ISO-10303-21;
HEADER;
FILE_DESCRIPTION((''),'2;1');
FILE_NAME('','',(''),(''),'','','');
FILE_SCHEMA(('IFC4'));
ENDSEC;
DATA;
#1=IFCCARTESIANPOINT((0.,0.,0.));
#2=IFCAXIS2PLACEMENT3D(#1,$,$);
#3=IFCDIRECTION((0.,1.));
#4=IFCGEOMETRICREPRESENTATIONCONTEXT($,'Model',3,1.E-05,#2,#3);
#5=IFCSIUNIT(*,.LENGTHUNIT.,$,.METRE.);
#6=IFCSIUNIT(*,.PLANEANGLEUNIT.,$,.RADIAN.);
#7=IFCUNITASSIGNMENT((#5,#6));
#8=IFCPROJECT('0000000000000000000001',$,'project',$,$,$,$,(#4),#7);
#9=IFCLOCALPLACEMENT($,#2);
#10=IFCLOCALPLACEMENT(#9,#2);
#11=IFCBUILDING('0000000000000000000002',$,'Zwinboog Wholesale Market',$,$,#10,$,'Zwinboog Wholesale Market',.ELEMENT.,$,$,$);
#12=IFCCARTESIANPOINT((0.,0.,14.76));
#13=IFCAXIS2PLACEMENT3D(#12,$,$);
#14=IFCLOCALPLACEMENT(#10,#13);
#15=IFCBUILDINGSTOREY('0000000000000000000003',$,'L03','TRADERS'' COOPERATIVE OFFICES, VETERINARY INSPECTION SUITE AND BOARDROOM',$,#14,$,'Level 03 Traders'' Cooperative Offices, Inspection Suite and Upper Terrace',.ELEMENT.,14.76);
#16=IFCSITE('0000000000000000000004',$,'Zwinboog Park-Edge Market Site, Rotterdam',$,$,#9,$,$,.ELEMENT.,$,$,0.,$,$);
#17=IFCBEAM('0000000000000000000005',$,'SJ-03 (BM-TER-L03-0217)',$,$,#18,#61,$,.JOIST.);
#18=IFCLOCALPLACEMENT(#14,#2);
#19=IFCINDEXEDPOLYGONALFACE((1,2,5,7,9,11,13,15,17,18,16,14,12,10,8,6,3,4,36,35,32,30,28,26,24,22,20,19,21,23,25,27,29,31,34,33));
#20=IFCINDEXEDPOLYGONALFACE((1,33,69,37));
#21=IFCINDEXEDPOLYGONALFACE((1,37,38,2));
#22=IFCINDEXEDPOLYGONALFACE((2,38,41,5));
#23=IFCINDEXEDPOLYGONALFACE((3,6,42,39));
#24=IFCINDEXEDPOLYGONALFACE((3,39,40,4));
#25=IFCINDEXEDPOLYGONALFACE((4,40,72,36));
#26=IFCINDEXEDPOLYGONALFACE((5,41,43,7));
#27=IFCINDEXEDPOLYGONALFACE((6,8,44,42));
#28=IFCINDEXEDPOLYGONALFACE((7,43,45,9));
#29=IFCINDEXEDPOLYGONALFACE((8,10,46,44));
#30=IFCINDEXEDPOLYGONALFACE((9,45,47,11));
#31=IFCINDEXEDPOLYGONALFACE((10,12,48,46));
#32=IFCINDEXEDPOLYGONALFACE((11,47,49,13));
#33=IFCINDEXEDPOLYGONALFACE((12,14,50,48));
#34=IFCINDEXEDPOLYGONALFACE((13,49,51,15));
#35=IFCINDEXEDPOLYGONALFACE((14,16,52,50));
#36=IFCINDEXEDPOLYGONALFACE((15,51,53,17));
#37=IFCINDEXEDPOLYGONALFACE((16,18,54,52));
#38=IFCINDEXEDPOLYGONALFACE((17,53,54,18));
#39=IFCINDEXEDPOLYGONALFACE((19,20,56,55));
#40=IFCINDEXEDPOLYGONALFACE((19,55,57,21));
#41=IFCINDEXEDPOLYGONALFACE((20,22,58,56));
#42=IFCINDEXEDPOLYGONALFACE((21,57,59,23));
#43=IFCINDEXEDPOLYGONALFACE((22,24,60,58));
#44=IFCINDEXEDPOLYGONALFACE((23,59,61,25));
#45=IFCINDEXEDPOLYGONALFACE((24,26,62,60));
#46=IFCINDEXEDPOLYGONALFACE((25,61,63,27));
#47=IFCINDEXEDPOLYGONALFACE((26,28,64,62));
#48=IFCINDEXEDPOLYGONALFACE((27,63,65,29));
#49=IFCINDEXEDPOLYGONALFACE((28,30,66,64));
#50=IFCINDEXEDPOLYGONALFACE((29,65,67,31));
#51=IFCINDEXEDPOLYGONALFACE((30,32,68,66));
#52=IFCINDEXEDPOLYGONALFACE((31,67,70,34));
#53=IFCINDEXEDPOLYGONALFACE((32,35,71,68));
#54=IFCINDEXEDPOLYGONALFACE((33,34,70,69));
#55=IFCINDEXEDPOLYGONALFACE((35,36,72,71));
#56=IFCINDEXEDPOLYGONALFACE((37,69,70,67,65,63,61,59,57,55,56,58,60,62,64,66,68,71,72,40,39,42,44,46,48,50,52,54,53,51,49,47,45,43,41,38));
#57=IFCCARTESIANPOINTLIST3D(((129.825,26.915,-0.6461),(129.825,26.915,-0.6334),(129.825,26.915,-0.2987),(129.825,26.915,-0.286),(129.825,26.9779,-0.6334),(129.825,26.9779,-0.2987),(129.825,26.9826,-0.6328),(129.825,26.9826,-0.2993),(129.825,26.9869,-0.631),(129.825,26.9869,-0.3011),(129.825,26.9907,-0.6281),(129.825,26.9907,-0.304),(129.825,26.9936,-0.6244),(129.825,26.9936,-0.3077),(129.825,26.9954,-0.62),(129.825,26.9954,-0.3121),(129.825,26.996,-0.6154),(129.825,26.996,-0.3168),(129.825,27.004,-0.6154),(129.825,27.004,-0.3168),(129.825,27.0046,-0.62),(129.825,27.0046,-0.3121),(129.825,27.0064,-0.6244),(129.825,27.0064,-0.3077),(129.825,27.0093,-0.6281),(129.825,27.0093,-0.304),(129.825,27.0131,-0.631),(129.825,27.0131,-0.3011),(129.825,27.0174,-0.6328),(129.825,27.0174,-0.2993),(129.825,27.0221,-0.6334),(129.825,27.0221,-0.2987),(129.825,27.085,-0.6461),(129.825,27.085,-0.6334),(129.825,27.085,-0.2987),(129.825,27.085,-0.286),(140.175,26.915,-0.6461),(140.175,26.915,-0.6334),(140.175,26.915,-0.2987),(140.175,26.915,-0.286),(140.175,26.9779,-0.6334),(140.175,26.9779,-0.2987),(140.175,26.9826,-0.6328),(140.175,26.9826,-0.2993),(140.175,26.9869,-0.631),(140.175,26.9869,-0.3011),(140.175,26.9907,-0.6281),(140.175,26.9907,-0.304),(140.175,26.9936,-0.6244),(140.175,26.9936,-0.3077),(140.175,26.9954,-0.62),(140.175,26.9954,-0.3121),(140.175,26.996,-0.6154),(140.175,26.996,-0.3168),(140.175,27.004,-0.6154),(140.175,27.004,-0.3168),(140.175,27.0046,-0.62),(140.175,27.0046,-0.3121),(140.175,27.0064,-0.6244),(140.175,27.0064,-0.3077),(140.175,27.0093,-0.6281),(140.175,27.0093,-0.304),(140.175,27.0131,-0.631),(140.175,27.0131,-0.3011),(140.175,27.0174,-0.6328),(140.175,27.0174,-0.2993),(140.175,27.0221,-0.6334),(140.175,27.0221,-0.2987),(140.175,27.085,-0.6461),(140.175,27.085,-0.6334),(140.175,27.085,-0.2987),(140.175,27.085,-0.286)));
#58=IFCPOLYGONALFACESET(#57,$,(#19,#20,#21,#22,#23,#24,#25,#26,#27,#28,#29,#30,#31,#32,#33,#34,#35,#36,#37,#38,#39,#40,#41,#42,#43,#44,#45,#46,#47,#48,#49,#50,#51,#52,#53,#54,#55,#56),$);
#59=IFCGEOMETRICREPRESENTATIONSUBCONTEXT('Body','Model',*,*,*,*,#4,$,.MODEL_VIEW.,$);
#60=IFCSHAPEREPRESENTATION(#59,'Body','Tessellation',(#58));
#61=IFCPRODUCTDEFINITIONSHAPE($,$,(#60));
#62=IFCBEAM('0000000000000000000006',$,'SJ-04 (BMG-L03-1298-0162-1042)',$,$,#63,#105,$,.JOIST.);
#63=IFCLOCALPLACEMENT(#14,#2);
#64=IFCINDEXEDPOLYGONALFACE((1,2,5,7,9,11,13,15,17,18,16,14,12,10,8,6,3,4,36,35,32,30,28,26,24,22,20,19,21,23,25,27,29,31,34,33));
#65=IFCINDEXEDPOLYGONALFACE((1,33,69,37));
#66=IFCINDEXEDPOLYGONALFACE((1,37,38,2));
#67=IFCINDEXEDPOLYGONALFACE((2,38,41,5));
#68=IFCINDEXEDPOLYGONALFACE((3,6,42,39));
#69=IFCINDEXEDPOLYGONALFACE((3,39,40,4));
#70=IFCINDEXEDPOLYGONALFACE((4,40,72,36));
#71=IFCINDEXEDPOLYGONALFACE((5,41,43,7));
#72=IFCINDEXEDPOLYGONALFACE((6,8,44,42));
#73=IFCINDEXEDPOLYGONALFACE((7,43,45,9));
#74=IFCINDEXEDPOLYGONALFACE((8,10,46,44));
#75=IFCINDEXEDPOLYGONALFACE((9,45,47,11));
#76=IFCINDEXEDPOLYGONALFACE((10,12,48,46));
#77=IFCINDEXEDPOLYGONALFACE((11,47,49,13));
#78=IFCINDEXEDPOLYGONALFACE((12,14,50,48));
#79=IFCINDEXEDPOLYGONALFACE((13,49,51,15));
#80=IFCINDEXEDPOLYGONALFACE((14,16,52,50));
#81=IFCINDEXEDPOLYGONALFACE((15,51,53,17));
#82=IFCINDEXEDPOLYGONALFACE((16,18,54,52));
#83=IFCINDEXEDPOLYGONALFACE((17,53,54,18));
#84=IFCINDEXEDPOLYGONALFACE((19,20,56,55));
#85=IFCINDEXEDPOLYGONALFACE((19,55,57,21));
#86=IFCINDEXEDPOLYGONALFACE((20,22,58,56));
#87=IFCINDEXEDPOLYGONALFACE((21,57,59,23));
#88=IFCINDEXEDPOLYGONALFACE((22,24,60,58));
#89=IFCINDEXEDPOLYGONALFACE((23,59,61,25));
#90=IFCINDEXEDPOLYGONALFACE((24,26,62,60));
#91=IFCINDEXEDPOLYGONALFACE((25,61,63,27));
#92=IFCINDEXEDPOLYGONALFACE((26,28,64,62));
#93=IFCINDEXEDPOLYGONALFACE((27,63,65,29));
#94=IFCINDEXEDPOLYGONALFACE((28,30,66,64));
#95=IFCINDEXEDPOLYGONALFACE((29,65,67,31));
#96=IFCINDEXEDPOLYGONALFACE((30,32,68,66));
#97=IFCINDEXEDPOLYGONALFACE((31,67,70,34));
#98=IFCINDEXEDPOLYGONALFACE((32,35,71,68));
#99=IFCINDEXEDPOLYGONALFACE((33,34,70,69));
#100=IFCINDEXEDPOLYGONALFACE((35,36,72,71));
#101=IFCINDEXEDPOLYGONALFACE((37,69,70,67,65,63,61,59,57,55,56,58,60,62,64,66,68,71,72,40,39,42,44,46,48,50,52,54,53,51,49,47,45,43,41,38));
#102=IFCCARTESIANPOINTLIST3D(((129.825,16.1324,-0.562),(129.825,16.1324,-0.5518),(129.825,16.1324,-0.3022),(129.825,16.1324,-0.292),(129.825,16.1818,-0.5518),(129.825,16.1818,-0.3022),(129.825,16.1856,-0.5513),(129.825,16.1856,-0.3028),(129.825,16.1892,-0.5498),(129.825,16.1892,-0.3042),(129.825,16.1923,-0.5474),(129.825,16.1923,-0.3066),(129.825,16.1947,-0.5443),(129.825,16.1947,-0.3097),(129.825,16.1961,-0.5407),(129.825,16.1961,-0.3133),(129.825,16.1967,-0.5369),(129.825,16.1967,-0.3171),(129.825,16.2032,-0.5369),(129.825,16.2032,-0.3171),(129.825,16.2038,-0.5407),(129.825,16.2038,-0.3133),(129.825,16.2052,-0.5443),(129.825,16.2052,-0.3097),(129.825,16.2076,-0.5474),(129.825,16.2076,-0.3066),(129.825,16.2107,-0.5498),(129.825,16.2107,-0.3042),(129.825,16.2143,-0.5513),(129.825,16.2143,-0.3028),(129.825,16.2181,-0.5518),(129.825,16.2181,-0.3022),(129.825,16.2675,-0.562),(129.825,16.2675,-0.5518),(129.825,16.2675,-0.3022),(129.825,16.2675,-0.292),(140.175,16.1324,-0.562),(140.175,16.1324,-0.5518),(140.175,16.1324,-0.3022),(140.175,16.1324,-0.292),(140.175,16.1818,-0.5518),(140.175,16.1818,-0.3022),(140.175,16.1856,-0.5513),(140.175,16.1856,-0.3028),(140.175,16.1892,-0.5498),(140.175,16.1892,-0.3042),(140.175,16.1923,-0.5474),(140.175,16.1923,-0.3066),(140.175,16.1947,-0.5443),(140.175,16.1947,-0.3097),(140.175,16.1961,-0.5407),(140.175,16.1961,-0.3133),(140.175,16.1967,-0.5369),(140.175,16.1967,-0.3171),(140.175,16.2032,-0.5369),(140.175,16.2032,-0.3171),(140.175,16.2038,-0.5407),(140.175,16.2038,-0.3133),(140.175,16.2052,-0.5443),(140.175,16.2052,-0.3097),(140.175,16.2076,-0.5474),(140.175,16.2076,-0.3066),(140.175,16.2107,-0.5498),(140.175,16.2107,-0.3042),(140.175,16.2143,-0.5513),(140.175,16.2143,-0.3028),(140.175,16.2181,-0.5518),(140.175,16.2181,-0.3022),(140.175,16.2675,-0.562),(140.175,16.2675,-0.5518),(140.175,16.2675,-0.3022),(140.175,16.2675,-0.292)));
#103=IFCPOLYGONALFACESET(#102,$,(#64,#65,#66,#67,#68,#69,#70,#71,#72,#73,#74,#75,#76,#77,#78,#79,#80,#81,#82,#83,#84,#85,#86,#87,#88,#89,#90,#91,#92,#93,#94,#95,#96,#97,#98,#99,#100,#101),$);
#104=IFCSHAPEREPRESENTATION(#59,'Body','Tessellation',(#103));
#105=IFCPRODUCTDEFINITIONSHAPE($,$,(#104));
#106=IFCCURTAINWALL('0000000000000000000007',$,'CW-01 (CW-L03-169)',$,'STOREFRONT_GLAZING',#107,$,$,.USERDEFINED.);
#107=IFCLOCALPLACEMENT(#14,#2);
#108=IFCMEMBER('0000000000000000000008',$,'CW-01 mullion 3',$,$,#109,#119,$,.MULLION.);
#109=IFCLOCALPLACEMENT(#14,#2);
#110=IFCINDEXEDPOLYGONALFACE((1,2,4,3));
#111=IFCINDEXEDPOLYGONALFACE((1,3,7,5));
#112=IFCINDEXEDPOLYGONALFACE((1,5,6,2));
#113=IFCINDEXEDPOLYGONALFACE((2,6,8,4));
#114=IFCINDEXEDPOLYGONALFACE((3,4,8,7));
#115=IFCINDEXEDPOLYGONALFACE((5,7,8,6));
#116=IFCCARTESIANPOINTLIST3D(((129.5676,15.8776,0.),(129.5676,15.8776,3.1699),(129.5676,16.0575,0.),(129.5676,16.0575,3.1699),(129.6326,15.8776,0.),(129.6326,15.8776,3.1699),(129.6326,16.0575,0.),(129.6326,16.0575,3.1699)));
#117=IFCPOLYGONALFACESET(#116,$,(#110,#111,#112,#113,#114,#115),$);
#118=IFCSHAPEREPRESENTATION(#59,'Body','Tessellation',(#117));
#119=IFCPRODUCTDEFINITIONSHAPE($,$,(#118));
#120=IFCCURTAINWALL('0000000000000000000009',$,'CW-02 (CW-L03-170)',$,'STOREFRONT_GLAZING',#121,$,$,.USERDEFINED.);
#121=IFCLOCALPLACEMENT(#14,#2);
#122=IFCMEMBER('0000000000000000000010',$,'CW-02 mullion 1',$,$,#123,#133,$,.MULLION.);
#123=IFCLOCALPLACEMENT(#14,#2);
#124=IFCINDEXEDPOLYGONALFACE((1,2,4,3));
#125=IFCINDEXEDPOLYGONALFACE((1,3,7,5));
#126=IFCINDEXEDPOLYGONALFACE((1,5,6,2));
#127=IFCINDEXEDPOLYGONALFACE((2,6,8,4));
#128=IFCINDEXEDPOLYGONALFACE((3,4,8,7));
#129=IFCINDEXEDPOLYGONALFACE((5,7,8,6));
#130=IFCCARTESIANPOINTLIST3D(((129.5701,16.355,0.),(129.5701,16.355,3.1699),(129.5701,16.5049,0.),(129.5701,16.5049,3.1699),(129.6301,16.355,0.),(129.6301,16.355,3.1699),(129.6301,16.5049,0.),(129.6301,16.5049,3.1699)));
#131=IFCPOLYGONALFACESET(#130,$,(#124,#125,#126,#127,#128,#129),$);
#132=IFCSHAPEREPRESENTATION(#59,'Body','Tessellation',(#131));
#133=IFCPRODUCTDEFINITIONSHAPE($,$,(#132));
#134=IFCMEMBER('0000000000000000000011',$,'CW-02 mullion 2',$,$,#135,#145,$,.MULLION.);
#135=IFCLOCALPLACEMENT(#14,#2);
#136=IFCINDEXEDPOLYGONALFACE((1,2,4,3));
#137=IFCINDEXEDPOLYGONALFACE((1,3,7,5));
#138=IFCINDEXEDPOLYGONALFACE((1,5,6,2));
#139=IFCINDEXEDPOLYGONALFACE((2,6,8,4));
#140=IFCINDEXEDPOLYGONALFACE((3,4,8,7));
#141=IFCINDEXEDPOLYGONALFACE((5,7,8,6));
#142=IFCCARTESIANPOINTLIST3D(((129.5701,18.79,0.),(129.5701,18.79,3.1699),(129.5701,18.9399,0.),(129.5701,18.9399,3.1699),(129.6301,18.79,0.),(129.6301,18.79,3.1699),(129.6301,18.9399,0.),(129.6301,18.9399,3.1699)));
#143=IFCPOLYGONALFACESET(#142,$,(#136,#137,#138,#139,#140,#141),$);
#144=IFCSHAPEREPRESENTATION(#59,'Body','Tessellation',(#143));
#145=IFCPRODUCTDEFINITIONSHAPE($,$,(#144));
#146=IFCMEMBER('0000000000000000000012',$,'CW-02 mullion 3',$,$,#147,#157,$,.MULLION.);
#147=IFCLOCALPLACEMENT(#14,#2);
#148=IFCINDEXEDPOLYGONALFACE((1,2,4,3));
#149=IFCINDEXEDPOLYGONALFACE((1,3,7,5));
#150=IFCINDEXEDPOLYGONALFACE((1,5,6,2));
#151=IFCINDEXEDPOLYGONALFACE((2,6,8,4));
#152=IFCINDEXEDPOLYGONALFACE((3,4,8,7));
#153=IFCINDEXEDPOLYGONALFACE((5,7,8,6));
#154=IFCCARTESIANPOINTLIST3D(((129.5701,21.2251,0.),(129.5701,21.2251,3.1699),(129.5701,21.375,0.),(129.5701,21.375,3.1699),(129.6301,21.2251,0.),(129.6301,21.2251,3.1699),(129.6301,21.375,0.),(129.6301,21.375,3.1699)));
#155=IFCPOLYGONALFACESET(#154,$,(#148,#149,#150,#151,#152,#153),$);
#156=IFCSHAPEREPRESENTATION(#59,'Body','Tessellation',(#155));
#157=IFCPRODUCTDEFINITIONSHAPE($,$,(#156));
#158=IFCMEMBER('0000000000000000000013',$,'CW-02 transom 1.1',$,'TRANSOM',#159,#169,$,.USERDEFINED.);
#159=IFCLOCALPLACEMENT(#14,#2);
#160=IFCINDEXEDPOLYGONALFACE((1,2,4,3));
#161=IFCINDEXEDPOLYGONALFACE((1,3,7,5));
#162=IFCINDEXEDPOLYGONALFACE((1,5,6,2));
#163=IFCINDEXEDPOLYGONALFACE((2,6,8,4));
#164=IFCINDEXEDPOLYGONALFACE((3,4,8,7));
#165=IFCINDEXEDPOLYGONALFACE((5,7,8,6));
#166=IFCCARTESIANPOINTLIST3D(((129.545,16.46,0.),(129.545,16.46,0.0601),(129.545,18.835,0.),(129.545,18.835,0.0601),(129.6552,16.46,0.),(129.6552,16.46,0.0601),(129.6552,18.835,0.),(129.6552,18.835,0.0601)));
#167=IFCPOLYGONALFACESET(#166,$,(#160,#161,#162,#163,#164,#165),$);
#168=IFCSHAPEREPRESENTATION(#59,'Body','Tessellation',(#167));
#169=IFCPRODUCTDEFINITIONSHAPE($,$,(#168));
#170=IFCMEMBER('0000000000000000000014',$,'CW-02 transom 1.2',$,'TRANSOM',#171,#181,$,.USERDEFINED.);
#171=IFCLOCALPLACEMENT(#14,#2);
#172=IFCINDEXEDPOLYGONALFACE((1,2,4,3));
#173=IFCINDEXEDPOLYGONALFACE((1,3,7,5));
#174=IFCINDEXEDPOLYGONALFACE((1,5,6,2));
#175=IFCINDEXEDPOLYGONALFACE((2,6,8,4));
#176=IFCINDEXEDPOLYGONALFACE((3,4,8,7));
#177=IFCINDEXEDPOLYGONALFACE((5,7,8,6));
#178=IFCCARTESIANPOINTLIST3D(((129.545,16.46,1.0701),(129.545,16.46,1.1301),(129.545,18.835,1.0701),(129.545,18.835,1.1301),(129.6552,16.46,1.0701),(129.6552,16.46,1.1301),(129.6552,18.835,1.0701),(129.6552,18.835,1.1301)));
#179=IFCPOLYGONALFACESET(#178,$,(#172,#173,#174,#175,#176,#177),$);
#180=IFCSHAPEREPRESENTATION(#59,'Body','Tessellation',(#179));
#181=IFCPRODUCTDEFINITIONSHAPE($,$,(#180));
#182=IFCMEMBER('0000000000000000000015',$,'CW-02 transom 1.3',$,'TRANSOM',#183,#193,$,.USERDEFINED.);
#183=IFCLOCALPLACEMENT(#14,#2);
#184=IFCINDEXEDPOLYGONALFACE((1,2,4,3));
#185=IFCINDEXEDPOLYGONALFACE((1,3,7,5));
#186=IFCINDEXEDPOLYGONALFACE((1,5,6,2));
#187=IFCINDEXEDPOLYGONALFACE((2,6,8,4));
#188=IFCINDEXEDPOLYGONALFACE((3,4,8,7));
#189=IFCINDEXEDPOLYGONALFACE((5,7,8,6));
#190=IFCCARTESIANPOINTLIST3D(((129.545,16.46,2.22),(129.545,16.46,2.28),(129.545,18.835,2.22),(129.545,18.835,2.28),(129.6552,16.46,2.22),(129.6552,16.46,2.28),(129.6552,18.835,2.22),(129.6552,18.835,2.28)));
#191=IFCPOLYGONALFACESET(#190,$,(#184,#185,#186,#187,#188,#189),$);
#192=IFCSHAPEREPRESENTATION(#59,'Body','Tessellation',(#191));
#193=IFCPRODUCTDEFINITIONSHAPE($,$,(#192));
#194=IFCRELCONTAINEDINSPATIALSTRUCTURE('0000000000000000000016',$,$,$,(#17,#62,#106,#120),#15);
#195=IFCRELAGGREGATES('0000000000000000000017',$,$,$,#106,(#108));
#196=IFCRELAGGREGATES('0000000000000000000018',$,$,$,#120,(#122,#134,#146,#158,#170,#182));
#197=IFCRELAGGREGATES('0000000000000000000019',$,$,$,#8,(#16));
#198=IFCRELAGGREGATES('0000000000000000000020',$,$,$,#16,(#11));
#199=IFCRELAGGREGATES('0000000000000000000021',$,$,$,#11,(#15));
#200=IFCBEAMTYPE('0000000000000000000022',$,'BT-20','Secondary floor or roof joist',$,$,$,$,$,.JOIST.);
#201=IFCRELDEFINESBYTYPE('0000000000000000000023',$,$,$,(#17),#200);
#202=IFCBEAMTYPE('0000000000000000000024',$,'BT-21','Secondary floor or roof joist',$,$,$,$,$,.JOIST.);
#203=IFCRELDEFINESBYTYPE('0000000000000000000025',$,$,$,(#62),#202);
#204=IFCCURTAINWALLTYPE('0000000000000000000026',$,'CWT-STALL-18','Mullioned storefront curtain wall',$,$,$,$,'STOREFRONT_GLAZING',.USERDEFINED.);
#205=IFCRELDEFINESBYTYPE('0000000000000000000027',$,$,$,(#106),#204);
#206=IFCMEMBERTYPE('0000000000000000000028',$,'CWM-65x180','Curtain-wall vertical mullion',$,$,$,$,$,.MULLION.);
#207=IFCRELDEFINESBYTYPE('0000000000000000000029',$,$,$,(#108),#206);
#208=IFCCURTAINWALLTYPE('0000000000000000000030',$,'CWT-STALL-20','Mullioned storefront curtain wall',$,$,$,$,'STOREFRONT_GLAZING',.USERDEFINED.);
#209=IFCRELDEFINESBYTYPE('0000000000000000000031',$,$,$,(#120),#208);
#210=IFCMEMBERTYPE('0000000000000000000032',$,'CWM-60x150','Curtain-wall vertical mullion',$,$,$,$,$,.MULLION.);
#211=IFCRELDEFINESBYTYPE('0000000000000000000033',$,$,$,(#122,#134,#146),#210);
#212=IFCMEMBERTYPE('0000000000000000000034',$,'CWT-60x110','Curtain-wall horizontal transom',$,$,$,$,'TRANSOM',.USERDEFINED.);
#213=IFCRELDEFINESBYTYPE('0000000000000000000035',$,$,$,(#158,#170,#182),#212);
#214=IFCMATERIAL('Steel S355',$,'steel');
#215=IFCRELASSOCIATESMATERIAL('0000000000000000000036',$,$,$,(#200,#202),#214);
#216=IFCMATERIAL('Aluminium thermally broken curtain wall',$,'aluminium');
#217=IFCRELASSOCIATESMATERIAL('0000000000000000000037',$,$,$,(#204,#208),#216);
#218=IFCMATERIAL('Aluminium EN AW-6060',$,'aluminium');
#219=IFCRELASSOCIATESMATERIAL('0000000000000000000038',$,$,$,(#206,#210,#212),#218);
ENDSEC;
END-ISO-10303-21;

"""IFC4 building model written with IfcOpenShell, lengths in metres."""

from ifc_helpers import new_model, si_unit, direction, frame, origin, origin_2d, place, context, subcontext, project, spatial, rectangle, i_section, extrude, material, material_profile, profile_set, type_object, element, aggregate, save


model = new_model("IFC4")

# Units and contexts
model_context = context("Model", 3, precision=1e-05, world=origin(), true_north=direction((0.0, 1.0)))
body_context = subcontext(model_context, "Body", "Model", "MODEL_VIEW")
ifc_project = project(units=[si_unit("LENGTHUNIT", "METRE"), si_unit("PLANEANGLEUNIT", "RADIAN")], contexts=[model_context])

# Site, building, storey
site_placement = place(None, origin())
site = spatial("IfcSite", under=ifc_project, at=site_placement, Name="Zwinboog Park-Edge Market Site, Rotterdam", CompositionType="ELEMENT", RefElevation=0.0)
building_placement = place(site_placement, origin())
building = spatial("IfcBuilding", under=site, at=building_placement, Name="Zwinboog Wholesale Market", LongName="Zwinboog Wholesale Market", CompositionType="ELEMENT")
storey_placement = place(building_placement, frame((0.0, 0.0, 14.76)))
storey = spatial("IfcBuildingStorey", under=building, at=storey_placement, Name="L03", Description="TRADERS' COOPERATIVE OFFICES, VETERINARY INSPECTION SUITE AND BOARDROOM", LongName="Level 03 Traders' Cooperative Offices, Inspection Suite and Upper Terrace", CompositionType="ELEMENT", Elevation=14.76)

# Beams
ifc_material_1 = material(Name="Steel S355", Category="steel")
ifc_material_profile_1 = material_profile(ifc_material_1, i_section(OverallWidth=0.1699, OverallDepth=0.3601, WebThickness=0.0081, FlangeThickness=0.0127, FilletRadius=0.0181, at=origin_2d()), Name="IPE 360")
ifc_profile_set_1 = profile_set([ifc_material_profile_1], Name="Steel S355")
beam_type_1 = type_object("IfcBeamType", Name="BT-20", Description="Secondary floor or roof joist", PredefinedType="JOIST", material=ifc_profile_set_1)
beam_1_placement = place(storey_placement, frame((129.825, 27.0, -0.4661), z_axis=(1.0, 0.0, 0.0), x_axis=(0.0, 1.0, 0.0)))
element("IfcBeam", 1, at=beam_1_placement, inside=storey, type_object=beam_type_1, Name="SJ-03 (BM-TER-L03-0217)", PredefinedType="JOIST", context=body_context, shape_type="SweptSolid", body=[
    extrude(i_section(OverallWidth=0.1699, OverallDepth=0.3601, WebThickness=0.0081, FlangeThickness=0.0127, FilletRadius=0.0181, at=origin_2d()), origin(), (0.0, 0.0, 1.0), 10.3501),
])
ifc_material_profile_2 = material_profile(ifc_material_1, i_section(OverallWidth=0.135, OverallDepth=0.27, WebThickness=0.0066, FlangeThickness=0.0103, FilletRadius=0.0149, at=origin_2d()), Name="IPE 270")
ifc_profile_set_2 = profile_set([ifc_material_profile_2], Name="Steel S355")
beam_type_2 = type_object("IfcBeamType", Name="BT-21", Description="Secondary floor or roof joist", PredefinedType="JOIST", material=ifc_profile_set_2)
beam_2_placement = place(storey_placement, frame((129.825, 16.2, -0.427), z_axis=(1.0, 0.0, 0.0), x_axis=(0.0, 1.0, 0.0)))
element("IfcBeam", 2, at=beam_2_placement, inside=storey, type_object=beam_type_2, Name="SJ-04 (BMG-L03-1298-0162-1042)", PredefinedType="JOIST", context=body_context, shape_type="SweptSolid", body=[
    extrude(i_section(OverallWidth=0.135, OverallDepth=0.27, WebThickness=0.0066, FlangeThickness=0.0103, FilletRadius=0.0149, at=origin_2d()), origin(), (0.0, 0.0, 1.0), 10.3501),
])

# Curtain wall, member
ifc_material_2 = material(Name="Aluminium thermally broken curtain wall", Category="aluminium")
curtain_wall_type_1 = type_object("IfcCurtainWallType", Name="CWT-STALL-18", Description="Mullioned storefront curtain wall", ElementType="STOREFRONT_GLAZING", PredefinedType="USERDEFINED", material=ifc_material_2)
curtain_wall_1_placement = place(storey_placement, origin())
curtain_wall_1 = element("IfcCurtainWall", 3, at=curtain_wall_1_placement, inside=storey, type_object=curtain_wall_type_1, Name="CW-01 (CW-L03-169)", ObjectType="STOREFRONT_GLAZING", PredefinedType="USERDEFINED")
ifc_material_3 = material(Name="Aluminium EN AW-6060", Category="aluminium")
ifc_material_profile_3 = material_profile(ifc_material_3, rectangle(XDim=0.0649, YDim=0.1799, at=origin_2d()), Name="AL 65x180")
ifc_profile_set_3 = profile_set([ifc_material_profile_3], Name="Aluminium EN AW-6060")
member_type_1 = type_object("IfcMemberType", Name="CWM-65x180", Description="Curtain-wall vertical mullion", PredefinedType="MULLION", material=ifc_profile_set_3)
member_1_placement = place(storey_placement, frame((129.6001, 15.9675, 0.0), z_axis=(0.0, 0.0, 1.0), x_axis=(-1.0, 0.0, 0.0)))
member_1 = element("IfcMember", 4, at=member_1_placement, type_object=member_type_1, Name="CW-01 mullion 3", PredefinedType="MULLION", context=body_context, shape_type="SweptSolid", body=[
    extrude(rectangle(XDim=0.0649, YDim=0.1799, at=origin_2d()), origin(), (0.0, 0.0, 1.0), 3.1699),
])

# Curtain wall, members
curtain_wall_type_2 = type_object("IfcCurtainWallType", Name="CWT-STALL-20", Description="Mullioned storefront curtain wall", ElementType="STOREFRONT_GLAZING", PredefinedType="USERDEFINED", material=ifc_material_2)
curtain_wall_2_placement = place(storey_placement, origin())
curtain_wall_2 = element("IfcCurtainWall", 5, at=curtain_wall_2_placement, inside=storey, type_object=curtain_wall_type_2, Name="CW-02 (CW-L03-170)", ObjectType="STOREFRONT_GLAZING", PredefinedType="USERDEFINED")
ifc_material_profile_4 = material_profile(ifc_material_3, rectangle(XDim=0.0601, YDim=0.1499, at=origin_2d()), Name="AL 60x150")
ifc_profile_set_4 = profile_set([ifc_material_profile_4], Name="Aluminium EN AW-6060")
member_type_2 = type_object("IfcMemberType", Name="CWM-60x150", Description="Curtain-wall vertical mullion", PredefinedType="MULLION", material=ifc_profile_set_4)
member_2_placement = place(storey_placement, frame((129.6001, 16.4299, 0.0), z_axis=(0.0, 0.0, 1.0), x_axis=(-1.0, 0.0, 0.0)))
member_2 = element("IfcMember", 6, at=member_2_placement, type_object=member_type_2, Name="CW-02 mullion 1", PredefinedType="MULLION", context=body_context, shape_type="SweptSolid", body=[
    extrude(rectangle(XDim=0.0601, YDim=0.1499, at=origin_2d()), origin(), (0.0, 0.0, 1.0), 3.1699),
])
member_3_placement = place(storey_placement, frame((129.6001, 18.865, 0.0), z_axis=(0.0, 0.0, 1.0), x_axis=(-1.0, 0.0, 0.0)))
member_3 = element("IfcMember", 7, at=member_3_placement, type_object=member_type_2, Name="CW-02 mullion 2", PredefinedType="MULLION", context=body_context, shape_type="SweptSolid", body=[
    extrude(rectangle(XDim=0.0601, YDim=0.1499, at=origin_2d()), origin(), (0.0, 0.0, 1.0), 3.1699),
])
member_4_placement = place(storey_placement, frame((129.6001, 21.3, 0.0), z_axis=(0.0, 0.0, 1.0), x_axis=(-1.0, 0.0, 0.0)))
member_4 = element("IfcMember", 8, at=member_4_placement, type_object=member_type_2, Name="CW-02 mullion 3", PredefinedType="MULLION", context=body_context, shape_type="SweptSolid", body=[
    extrude(rectangle(XDim=0.0601, YDim=0.1499, at=origin_2d()), origin(), (0.0, 0.0, 1.0), 3.1699),
])
ifc_material_profile_5 = material_profile(ifc_material_3, rectangle(XDim=0.1101, YDim=0.0601, at=origin_2d()), Name="AL 60x110")
ifc_profile_set_5 = profile_set([ifc_material_profile_5], Name="Aluminium EN AW-6060")
member_type_3 = type_object("IfcMemberType", Name="CWT-60x110", Description="Curtain-wall horizontal transom", ElementType="TRANSOM", PredefinedType="USERDEFINED", material=ifc_profile_set_5)
member_5_placement = place(storey_placement, frame((129.6001, 16.46, 0.03), z_axis=(0.0, 1.0, 0.0), x_axis=(-1.0, 0.0, 0.0)))
member_5 = element("IfcMember", 9, at=member_5_placement, type_object=member_type_3, Name="CW-02 transom 1.1", ObjectType="TRANSOM", PredefinedType="USERDEFINED", context=body_context, shape_type="SweptSolid", body=[
    extrude(rectangle(XDim=0.1101, YDim=0.0601, at=origin_2d()), origin(), (0.0, 0.0, 1.0), 2.375),
])
member_6_placement = place(storey_placement, frame((129.6001, 16.46, 1.1001), z_axis=(0.0, 1.0, 0.0), x_axis=(-1.0, 0.0, 0.0)))
member_6 = element("IfcMember", 10, at=member_6_placement, type_object=member_type_3, Name="CW-02 transom 1.2", ObjectType="TRANSOM", PredefinedType="USERDEFINED", context=body_context, shape_type="SweptSolid", body=[
    extrude(rectangle(XDim=0.1101, YDim=0.0601, at=origin_2d()), origin(), (0.0, 0.0, 1.0), 2.375),
])
member_7_placement = place(storey_placement, frame((129.6001, 16.46, 2.25), z_axis=(0.0, 1.0, 0.0), x_axis=(-1.0, 0.0, 0.0)))
member_7 = element("IfcMember", 11, at=member_7_placement, type_object=member_type_3, Name="CW-02 transom 1.3", ObjectType="TRANSOM", PredefinedType="USERDEFINED", context=body_context, shape_type="SweptSolid", body=[
    extrude(rectangle(XDim=0.1101, YDim=0.0601, at=origin_2d()), origin(), (0.0, 0.0, 1.0), 2.375),
])

aggregate(curtain_wall_1, [member_1])
aggregate(curtain_wall_2, [member_2, member_3, member_4, member_5, member_6, member_7])

save(model, "model.ifc")
